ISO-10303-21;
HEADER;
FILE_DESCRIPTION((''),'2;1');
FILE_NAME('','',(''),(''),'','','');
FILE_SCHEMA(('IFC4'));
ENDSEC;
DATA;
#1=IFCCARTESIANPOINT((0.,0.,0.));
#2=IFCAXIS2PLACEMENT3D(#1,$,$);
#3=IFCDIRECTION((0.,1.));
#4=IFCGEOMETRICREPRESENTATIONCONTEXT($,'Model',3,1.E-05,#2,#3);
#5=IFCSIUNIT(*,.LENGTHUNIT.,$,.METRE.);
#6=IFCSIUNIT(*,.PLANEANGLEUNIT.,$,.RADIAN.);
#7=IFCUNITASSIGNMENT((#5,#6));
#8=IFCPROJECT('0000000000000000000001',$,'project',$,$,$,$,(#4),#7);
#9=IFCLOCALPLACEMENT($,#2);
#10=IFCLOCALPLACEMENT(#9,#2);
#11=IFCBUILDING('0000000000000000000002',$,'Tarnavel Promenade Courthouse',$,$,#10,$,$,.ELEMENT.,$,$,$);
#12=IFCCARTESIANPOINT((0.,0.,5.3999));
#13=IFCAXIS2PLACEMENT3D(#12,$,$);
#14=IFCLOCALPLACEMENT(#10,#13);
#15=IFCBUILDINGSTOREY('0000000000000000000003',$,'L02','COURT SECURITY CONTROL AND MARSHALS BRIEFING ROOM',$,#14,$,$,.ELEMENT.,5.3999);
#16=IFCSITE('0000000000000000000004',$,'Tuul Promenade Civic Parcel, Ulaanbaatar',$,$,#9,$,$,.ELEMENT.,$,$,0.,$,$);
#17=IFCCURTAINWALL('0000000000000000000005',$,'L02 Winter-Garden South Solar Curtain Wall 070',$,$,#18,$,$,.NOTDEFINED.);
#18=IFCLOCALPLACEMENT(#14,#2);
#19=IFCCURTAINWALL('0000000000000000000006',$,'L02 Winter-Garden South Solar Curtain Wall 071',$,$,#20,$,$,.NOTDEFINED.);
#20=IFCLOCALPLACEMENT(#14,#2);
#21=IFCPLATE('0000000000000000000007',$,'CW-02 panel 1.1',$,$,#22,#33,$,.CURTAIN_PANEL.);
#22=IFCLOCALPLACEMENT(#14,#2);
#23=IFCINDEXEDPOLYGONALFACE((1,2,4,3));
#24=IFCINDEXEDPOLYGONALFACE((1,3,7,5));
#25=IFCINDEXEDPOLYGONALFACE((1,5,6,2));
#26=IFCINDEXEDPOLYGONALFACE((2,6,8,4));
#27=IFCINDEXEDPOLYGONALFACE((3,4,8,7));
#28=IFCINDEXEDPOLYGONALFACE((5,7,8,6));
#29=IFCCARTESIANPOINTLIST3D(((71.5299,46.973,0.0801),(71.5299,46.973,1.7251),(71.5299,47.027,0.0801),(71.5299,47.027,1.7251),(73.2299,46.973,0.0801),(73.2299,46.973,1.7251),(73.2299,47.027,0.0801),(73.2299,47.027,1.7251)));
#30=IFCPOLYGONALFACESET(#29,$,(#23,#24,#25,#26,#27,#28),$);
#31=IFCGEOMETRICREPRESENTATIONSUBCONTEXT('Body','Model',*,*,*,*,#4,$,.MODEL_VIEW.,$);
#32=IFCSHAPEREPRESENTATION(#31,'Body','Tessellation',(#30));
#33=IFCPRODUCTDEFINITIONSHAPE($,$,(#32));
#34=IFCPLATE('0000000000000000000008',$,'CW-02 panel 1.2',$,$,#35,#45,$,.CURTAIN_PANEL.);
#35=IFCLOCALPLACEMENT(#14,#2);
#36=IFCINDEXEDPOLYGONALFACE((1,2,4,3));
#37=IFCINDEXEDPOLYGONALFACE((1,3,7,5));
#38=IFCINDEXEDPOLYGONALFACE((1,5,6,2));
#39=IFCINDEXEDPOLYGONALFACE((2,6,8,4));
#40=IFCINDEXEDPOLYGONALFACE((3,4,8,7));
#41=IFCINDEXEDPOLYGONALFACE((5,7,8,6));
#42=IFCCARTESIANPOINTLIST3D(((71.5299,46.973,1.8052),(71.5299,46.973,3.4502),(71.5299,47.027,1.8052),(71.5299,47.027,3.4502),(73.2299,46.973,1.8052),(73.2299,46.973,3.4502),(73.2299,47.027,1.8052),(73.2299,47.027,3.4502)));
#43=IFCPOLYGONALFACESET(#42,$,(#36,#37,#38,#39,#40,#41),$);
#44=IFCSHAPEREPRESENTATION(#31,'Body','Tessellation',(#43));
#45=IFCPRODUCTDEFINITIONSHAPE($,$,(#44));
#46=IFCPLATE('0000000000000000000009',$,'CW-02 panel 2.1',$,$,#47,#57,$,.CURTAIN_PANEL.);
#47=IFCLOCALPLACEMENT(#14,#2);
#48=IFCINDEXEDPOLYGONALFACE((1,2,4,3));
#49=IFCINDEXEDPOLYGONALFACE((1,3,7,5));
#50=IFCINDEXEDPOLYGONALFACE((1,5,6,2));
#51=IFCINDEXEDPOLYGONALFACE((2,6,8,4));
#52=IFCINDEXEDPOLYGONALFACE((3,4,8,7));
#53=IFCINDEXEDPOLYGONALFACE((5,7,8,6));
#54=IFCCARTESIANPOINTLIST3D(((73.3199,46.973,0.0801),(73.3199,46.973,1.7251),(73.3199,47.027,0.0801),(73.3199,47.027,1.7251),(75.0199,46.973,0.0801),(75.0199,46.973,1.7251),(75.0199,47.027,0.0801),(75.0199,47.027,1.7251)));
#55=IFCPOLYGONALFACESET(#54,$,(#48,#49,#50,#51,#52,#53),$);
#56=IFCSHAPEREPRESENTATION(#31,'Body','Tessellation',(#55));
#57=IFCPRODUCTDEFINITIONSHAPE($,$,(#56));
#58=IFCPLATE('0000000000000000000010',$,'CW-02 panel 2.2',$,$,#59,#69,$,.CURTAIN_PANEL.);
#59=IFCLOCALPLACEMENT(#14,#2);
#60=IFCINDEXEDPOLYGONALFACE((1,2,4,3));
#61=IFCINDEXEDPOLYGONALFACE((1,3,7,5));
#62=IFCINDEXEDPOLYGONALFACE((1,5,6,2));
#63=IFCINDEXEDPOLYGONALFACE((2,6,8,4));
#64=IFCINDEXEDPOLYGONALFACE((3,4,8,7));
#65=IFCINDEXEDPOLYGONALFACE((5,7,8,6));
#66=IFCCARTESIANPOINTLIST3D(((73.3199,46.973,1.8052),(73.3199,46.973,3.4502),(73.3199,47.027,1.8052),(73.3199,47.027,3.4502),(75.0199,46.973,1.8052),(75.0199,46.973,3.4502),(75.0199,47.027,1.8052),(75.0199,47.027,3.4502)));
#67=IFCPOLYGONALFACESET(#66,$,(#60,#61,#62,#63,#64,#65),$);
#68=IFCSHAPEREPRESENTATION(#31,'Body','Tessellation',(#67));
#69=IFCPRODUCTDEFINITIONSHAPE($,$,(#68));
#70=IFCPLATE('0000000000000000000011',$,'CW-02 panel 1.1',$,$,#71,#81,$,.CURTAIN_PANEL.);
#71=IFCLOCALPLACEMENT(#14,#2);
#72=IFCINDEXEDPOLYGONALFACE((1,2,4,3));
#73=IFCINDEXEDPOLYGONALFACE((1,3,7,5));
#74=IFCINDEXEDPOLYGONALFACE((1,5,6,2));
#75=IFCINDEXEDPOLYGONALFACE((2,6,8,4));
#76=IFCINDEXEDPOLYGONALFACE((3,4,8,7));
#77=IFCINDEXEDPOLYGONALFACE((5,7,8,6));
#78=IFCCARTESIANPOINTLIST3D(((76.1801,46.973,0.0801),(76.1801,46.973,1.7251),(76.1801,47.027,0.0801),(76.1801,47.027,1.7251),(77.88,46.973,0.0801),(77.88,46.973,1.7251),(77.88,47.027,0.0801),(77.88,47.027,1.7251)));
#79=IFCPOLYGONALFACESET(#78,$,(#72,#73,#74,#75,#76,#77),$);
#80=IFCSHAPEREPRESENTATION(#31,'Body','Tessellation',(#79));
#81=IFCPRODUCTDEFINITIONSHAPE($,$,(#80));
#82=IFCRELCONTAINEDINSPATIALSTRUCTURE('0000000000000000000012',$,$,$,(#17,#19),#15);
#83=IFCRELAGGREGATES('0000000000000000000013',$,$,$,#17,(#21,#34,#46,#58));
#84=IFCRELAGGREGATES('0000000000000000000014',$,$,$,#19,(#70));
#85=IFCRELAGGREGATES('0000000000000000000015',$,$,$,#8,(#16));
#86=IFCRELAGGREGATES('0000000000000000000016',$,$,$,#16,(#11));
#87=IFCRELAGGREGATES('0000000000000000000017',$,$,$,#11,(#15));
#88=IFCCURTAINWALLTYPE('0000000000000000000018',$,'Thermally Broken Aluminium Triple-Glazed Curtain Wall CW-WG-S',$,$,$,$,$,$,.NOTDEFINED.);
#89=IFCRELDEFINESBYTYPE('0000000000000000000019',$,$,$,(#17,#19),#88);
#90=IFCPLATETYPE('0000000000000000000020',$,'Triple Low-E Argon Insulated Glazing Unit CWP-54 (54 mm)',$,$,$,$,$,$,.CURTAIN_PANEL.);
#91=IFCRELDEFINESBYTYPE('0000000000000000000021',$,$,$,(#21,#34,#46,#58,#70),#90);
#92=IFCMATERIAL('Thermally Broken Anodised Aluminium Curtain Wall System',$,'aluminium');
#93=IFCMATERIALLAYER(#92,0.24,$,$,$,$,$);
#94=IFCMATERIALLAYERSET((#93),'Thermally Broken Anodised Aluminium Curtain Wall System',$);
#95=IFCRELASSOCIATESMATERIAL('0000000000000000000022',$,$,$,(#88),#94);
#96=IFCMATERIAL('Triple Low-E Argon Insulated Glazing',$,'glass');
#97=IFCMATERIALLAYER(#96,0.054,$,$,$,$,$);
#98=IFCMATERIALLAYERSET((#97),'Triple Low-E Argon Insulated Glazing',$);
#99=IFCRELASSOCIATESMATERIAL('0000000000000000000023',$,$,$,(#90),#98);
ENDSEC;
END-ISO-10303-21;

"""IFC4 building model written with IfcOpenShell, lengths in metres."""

from ifc_helpers import new_model, si_unit, direction, frame, origin, origin_2d, place, context, subcontext, project, spatial, rectangle, extrude, material, layer, layer_set, type_object, element, aggregate, save


model = new_model("IFC4")

# Units and contexts
model_context = context("Model", 3, precision=1e-05, world=origin(), true_north=direction((0.0, 1.0)))
body_context = subcontext(model_context, "Body", "Model", "MODEL_VIEW")
ifc_project = project(units=[si_unit("LENGTHUNIT", "METRE"), si_unit("PLANEANGLEUNIT", "RADIAN")], contexts=[model_context])

# Site, building, storey
site_placement = place(None, origin())
site = spatial("IfcSite", under=ifc_project, at=site_placement, Name="Tuul Promenade Civic Parcel, Ulaanbaatar", CompositionType="ELEMENT", RefElevation=0.0)
building_placement = place(site_placement, origin())
building = spatial("IfcBuilding", under=site, at=building_placement, Name="Tarnavel Promenade Courthouse", CompositionType="ELEMENT")
storey_placement = place(building_placement, frame((0.0, 0.0, 5.3999)))
storey = spatial("IfcBuildingStorey", under=building, at=storey_placement, Name="L02", Description="COURT SECURITY CONTROL AND MARSHALS BRIEFING ROOM", CompositionType="ELEMENT", Elevation=5.3999)

# Curtain wall
ifc_material_1 = material(Name="Thermally Broken Anodised Aluminium Curtain Wall System", Category="aluminium")
ifc_layer_1 = layer(ifc_material_1, 0.24)
ifc_layer_set_1 = layer_set([ifc_layer_1], Name="Thermally Broken Anodised Aluminium Curtain Wall System")
curtain_wall_type = type_object("IfcCurtainWallType", Name="Thermally Broken Aluminium Triple-Glazed Curtain Wall CW-WG-S", PredefinedType="NOTDEFINED", material=ifc_layer_set_1)
curtain_wall_1_placement = place(storey_placement, origin())
curtain_wall_1 = element("IfcCurtainWall", 1, at=curtain_wall_1_placement, inside=storey, type_object=curtain_wall_type, Name="L02 Winter-Garden South Solar Curtain Wall 070", PredefinedType="NOTDEFINED")

# Curtain wall
curtain_wall_2_placement = place(storey_placement, origin())
curtain_wall_2 = element("IfcCurtainWall", 2, at=curtain_wall_2_placement, inside=storey, type_object=curtain_wall_type, Name="L02 Winter-Garden South Solar Curtain Wall 071", PredefinedType="NOTDEFINED")

# Plates
ifc_material_2 = material(Name="Triple Low-E Argon Insulated Glazing", Category="glass")
ifc_layer_2 = layer(ifc_material_2, 0.054)
ifc_layer_set_2 = layer_set([ifc_layer_2], Name="Triple Low-E Argon Insulated Glazing")
plate_type = type_object("IfcPlateType", Name="Triple Low-E Argon Insulated Glazing Unit CWP-54 (54 mm)", PredefinedType="CURTAIN_PANEL", material=ifc_layer_set_2)
plate_1_placement = place(storey_placement, frame((72.3799, 47.0, 0.0801), z_axis=(0.0, 0.0, 1.0), x_axis=(1.0, 0.0, 0.0)))
plate_1 = element("IfcPlate", 3, at=plate_1_placement, type_object=plate_type, Name="CW-02 panel 1.1", PredefinedType="CURTAIN_PANEL", context=body_context, shape_type="SweptSolid", body=[
    extrude(rectangle(XDim=1.7, YDim=0.054, at=origin_2d()), origin(), (0.0, 0.0, 1.0), 1.645),
])
plate_2_placement = place(storey_placement, frame((72.3799, 47.0, 1.8052), z_axis=(0.0, 0.0, 1.0), x_axis=(1.0, 0.0, 0.0)))
plate_2 = element("IfcPlate", 4, at=plate_2_placement, type_object=plate_type, Name="CW-02 panel 1.2", PredefinedType="CURTAIN_PANEL", context=body_context, shape_type="SweptSolid", body=[
    extrude(rectangle(XDim=1.7, YDim=0.054, at=origin_2d()), origin(), (0.0, 0.0, 1.0), 1.645),
])
plate_3_placement = place(storey_placement, frame((74.1699, 47.0, 0.0801), z_axis=(0.0, 0.0, 1.0), x_axis=(1.0, 0.0, 0.0)))
plate_3 = element("IfcPlate", 5, at=plate_3_placement, type_object=plate_type, Name="CW-02 panel 2.1", PredefinedType="CURTAIN_PANEL", context=body_context, shape_type="SweptSolid", body=[
    extrude(rectangle(XDim=1.7, YDim=0.054, at=origin_2d()), origin(), (0.0, 0.0, 1.0), 1.645),
])
plate_4_placement = place(storey_placement, frame((74.1699, 47.0, 1.8052), z_axis=(0.0, 0.0, 1.0), x_axis=(1.0, 0.0, 0.0)))
plate_4 = element("IfcPlate", 6, at=plate_4_placement, type_object=plate_type, Name="CW-02 panel 2.2", PredefinedType="CURTAIN_PANEL", context=body_context, shape_type="SweptSolid", body=[
    extrude(rectangle(XDim=1.7, YDim=0.054, at=origin_2d()), origin(), (0.0, 0.0, 1.0), 1.645),
])
aggregate(curtain_wall_1, [plate_1, plate_2, plate_3, plate_4])
plate_5_placement = place(storey_placement, frame((77.03, 47.0, 0.0801), z_axis=(0.0, 0.0, 1.0), x_axis=(1.0, 0.0, 0.0)))
plate_5 = element("IfcPlate", 7, at=plate_5_placement, type_object=plate_type, Name="CW-02 panel 1.1", PredefinedType="CURTAIN_PANEL", context=body_context, shape_type="SweptSolid", body=[
    extrude(rectangle(XDim=1.7, YDim=0.054, at=origin_2d()), origin(), (0.0, 0.0, 1.0), 1.645),
])
aggregate(curtain_wall_2, [plate_5])

save(model, "model.ifc")
